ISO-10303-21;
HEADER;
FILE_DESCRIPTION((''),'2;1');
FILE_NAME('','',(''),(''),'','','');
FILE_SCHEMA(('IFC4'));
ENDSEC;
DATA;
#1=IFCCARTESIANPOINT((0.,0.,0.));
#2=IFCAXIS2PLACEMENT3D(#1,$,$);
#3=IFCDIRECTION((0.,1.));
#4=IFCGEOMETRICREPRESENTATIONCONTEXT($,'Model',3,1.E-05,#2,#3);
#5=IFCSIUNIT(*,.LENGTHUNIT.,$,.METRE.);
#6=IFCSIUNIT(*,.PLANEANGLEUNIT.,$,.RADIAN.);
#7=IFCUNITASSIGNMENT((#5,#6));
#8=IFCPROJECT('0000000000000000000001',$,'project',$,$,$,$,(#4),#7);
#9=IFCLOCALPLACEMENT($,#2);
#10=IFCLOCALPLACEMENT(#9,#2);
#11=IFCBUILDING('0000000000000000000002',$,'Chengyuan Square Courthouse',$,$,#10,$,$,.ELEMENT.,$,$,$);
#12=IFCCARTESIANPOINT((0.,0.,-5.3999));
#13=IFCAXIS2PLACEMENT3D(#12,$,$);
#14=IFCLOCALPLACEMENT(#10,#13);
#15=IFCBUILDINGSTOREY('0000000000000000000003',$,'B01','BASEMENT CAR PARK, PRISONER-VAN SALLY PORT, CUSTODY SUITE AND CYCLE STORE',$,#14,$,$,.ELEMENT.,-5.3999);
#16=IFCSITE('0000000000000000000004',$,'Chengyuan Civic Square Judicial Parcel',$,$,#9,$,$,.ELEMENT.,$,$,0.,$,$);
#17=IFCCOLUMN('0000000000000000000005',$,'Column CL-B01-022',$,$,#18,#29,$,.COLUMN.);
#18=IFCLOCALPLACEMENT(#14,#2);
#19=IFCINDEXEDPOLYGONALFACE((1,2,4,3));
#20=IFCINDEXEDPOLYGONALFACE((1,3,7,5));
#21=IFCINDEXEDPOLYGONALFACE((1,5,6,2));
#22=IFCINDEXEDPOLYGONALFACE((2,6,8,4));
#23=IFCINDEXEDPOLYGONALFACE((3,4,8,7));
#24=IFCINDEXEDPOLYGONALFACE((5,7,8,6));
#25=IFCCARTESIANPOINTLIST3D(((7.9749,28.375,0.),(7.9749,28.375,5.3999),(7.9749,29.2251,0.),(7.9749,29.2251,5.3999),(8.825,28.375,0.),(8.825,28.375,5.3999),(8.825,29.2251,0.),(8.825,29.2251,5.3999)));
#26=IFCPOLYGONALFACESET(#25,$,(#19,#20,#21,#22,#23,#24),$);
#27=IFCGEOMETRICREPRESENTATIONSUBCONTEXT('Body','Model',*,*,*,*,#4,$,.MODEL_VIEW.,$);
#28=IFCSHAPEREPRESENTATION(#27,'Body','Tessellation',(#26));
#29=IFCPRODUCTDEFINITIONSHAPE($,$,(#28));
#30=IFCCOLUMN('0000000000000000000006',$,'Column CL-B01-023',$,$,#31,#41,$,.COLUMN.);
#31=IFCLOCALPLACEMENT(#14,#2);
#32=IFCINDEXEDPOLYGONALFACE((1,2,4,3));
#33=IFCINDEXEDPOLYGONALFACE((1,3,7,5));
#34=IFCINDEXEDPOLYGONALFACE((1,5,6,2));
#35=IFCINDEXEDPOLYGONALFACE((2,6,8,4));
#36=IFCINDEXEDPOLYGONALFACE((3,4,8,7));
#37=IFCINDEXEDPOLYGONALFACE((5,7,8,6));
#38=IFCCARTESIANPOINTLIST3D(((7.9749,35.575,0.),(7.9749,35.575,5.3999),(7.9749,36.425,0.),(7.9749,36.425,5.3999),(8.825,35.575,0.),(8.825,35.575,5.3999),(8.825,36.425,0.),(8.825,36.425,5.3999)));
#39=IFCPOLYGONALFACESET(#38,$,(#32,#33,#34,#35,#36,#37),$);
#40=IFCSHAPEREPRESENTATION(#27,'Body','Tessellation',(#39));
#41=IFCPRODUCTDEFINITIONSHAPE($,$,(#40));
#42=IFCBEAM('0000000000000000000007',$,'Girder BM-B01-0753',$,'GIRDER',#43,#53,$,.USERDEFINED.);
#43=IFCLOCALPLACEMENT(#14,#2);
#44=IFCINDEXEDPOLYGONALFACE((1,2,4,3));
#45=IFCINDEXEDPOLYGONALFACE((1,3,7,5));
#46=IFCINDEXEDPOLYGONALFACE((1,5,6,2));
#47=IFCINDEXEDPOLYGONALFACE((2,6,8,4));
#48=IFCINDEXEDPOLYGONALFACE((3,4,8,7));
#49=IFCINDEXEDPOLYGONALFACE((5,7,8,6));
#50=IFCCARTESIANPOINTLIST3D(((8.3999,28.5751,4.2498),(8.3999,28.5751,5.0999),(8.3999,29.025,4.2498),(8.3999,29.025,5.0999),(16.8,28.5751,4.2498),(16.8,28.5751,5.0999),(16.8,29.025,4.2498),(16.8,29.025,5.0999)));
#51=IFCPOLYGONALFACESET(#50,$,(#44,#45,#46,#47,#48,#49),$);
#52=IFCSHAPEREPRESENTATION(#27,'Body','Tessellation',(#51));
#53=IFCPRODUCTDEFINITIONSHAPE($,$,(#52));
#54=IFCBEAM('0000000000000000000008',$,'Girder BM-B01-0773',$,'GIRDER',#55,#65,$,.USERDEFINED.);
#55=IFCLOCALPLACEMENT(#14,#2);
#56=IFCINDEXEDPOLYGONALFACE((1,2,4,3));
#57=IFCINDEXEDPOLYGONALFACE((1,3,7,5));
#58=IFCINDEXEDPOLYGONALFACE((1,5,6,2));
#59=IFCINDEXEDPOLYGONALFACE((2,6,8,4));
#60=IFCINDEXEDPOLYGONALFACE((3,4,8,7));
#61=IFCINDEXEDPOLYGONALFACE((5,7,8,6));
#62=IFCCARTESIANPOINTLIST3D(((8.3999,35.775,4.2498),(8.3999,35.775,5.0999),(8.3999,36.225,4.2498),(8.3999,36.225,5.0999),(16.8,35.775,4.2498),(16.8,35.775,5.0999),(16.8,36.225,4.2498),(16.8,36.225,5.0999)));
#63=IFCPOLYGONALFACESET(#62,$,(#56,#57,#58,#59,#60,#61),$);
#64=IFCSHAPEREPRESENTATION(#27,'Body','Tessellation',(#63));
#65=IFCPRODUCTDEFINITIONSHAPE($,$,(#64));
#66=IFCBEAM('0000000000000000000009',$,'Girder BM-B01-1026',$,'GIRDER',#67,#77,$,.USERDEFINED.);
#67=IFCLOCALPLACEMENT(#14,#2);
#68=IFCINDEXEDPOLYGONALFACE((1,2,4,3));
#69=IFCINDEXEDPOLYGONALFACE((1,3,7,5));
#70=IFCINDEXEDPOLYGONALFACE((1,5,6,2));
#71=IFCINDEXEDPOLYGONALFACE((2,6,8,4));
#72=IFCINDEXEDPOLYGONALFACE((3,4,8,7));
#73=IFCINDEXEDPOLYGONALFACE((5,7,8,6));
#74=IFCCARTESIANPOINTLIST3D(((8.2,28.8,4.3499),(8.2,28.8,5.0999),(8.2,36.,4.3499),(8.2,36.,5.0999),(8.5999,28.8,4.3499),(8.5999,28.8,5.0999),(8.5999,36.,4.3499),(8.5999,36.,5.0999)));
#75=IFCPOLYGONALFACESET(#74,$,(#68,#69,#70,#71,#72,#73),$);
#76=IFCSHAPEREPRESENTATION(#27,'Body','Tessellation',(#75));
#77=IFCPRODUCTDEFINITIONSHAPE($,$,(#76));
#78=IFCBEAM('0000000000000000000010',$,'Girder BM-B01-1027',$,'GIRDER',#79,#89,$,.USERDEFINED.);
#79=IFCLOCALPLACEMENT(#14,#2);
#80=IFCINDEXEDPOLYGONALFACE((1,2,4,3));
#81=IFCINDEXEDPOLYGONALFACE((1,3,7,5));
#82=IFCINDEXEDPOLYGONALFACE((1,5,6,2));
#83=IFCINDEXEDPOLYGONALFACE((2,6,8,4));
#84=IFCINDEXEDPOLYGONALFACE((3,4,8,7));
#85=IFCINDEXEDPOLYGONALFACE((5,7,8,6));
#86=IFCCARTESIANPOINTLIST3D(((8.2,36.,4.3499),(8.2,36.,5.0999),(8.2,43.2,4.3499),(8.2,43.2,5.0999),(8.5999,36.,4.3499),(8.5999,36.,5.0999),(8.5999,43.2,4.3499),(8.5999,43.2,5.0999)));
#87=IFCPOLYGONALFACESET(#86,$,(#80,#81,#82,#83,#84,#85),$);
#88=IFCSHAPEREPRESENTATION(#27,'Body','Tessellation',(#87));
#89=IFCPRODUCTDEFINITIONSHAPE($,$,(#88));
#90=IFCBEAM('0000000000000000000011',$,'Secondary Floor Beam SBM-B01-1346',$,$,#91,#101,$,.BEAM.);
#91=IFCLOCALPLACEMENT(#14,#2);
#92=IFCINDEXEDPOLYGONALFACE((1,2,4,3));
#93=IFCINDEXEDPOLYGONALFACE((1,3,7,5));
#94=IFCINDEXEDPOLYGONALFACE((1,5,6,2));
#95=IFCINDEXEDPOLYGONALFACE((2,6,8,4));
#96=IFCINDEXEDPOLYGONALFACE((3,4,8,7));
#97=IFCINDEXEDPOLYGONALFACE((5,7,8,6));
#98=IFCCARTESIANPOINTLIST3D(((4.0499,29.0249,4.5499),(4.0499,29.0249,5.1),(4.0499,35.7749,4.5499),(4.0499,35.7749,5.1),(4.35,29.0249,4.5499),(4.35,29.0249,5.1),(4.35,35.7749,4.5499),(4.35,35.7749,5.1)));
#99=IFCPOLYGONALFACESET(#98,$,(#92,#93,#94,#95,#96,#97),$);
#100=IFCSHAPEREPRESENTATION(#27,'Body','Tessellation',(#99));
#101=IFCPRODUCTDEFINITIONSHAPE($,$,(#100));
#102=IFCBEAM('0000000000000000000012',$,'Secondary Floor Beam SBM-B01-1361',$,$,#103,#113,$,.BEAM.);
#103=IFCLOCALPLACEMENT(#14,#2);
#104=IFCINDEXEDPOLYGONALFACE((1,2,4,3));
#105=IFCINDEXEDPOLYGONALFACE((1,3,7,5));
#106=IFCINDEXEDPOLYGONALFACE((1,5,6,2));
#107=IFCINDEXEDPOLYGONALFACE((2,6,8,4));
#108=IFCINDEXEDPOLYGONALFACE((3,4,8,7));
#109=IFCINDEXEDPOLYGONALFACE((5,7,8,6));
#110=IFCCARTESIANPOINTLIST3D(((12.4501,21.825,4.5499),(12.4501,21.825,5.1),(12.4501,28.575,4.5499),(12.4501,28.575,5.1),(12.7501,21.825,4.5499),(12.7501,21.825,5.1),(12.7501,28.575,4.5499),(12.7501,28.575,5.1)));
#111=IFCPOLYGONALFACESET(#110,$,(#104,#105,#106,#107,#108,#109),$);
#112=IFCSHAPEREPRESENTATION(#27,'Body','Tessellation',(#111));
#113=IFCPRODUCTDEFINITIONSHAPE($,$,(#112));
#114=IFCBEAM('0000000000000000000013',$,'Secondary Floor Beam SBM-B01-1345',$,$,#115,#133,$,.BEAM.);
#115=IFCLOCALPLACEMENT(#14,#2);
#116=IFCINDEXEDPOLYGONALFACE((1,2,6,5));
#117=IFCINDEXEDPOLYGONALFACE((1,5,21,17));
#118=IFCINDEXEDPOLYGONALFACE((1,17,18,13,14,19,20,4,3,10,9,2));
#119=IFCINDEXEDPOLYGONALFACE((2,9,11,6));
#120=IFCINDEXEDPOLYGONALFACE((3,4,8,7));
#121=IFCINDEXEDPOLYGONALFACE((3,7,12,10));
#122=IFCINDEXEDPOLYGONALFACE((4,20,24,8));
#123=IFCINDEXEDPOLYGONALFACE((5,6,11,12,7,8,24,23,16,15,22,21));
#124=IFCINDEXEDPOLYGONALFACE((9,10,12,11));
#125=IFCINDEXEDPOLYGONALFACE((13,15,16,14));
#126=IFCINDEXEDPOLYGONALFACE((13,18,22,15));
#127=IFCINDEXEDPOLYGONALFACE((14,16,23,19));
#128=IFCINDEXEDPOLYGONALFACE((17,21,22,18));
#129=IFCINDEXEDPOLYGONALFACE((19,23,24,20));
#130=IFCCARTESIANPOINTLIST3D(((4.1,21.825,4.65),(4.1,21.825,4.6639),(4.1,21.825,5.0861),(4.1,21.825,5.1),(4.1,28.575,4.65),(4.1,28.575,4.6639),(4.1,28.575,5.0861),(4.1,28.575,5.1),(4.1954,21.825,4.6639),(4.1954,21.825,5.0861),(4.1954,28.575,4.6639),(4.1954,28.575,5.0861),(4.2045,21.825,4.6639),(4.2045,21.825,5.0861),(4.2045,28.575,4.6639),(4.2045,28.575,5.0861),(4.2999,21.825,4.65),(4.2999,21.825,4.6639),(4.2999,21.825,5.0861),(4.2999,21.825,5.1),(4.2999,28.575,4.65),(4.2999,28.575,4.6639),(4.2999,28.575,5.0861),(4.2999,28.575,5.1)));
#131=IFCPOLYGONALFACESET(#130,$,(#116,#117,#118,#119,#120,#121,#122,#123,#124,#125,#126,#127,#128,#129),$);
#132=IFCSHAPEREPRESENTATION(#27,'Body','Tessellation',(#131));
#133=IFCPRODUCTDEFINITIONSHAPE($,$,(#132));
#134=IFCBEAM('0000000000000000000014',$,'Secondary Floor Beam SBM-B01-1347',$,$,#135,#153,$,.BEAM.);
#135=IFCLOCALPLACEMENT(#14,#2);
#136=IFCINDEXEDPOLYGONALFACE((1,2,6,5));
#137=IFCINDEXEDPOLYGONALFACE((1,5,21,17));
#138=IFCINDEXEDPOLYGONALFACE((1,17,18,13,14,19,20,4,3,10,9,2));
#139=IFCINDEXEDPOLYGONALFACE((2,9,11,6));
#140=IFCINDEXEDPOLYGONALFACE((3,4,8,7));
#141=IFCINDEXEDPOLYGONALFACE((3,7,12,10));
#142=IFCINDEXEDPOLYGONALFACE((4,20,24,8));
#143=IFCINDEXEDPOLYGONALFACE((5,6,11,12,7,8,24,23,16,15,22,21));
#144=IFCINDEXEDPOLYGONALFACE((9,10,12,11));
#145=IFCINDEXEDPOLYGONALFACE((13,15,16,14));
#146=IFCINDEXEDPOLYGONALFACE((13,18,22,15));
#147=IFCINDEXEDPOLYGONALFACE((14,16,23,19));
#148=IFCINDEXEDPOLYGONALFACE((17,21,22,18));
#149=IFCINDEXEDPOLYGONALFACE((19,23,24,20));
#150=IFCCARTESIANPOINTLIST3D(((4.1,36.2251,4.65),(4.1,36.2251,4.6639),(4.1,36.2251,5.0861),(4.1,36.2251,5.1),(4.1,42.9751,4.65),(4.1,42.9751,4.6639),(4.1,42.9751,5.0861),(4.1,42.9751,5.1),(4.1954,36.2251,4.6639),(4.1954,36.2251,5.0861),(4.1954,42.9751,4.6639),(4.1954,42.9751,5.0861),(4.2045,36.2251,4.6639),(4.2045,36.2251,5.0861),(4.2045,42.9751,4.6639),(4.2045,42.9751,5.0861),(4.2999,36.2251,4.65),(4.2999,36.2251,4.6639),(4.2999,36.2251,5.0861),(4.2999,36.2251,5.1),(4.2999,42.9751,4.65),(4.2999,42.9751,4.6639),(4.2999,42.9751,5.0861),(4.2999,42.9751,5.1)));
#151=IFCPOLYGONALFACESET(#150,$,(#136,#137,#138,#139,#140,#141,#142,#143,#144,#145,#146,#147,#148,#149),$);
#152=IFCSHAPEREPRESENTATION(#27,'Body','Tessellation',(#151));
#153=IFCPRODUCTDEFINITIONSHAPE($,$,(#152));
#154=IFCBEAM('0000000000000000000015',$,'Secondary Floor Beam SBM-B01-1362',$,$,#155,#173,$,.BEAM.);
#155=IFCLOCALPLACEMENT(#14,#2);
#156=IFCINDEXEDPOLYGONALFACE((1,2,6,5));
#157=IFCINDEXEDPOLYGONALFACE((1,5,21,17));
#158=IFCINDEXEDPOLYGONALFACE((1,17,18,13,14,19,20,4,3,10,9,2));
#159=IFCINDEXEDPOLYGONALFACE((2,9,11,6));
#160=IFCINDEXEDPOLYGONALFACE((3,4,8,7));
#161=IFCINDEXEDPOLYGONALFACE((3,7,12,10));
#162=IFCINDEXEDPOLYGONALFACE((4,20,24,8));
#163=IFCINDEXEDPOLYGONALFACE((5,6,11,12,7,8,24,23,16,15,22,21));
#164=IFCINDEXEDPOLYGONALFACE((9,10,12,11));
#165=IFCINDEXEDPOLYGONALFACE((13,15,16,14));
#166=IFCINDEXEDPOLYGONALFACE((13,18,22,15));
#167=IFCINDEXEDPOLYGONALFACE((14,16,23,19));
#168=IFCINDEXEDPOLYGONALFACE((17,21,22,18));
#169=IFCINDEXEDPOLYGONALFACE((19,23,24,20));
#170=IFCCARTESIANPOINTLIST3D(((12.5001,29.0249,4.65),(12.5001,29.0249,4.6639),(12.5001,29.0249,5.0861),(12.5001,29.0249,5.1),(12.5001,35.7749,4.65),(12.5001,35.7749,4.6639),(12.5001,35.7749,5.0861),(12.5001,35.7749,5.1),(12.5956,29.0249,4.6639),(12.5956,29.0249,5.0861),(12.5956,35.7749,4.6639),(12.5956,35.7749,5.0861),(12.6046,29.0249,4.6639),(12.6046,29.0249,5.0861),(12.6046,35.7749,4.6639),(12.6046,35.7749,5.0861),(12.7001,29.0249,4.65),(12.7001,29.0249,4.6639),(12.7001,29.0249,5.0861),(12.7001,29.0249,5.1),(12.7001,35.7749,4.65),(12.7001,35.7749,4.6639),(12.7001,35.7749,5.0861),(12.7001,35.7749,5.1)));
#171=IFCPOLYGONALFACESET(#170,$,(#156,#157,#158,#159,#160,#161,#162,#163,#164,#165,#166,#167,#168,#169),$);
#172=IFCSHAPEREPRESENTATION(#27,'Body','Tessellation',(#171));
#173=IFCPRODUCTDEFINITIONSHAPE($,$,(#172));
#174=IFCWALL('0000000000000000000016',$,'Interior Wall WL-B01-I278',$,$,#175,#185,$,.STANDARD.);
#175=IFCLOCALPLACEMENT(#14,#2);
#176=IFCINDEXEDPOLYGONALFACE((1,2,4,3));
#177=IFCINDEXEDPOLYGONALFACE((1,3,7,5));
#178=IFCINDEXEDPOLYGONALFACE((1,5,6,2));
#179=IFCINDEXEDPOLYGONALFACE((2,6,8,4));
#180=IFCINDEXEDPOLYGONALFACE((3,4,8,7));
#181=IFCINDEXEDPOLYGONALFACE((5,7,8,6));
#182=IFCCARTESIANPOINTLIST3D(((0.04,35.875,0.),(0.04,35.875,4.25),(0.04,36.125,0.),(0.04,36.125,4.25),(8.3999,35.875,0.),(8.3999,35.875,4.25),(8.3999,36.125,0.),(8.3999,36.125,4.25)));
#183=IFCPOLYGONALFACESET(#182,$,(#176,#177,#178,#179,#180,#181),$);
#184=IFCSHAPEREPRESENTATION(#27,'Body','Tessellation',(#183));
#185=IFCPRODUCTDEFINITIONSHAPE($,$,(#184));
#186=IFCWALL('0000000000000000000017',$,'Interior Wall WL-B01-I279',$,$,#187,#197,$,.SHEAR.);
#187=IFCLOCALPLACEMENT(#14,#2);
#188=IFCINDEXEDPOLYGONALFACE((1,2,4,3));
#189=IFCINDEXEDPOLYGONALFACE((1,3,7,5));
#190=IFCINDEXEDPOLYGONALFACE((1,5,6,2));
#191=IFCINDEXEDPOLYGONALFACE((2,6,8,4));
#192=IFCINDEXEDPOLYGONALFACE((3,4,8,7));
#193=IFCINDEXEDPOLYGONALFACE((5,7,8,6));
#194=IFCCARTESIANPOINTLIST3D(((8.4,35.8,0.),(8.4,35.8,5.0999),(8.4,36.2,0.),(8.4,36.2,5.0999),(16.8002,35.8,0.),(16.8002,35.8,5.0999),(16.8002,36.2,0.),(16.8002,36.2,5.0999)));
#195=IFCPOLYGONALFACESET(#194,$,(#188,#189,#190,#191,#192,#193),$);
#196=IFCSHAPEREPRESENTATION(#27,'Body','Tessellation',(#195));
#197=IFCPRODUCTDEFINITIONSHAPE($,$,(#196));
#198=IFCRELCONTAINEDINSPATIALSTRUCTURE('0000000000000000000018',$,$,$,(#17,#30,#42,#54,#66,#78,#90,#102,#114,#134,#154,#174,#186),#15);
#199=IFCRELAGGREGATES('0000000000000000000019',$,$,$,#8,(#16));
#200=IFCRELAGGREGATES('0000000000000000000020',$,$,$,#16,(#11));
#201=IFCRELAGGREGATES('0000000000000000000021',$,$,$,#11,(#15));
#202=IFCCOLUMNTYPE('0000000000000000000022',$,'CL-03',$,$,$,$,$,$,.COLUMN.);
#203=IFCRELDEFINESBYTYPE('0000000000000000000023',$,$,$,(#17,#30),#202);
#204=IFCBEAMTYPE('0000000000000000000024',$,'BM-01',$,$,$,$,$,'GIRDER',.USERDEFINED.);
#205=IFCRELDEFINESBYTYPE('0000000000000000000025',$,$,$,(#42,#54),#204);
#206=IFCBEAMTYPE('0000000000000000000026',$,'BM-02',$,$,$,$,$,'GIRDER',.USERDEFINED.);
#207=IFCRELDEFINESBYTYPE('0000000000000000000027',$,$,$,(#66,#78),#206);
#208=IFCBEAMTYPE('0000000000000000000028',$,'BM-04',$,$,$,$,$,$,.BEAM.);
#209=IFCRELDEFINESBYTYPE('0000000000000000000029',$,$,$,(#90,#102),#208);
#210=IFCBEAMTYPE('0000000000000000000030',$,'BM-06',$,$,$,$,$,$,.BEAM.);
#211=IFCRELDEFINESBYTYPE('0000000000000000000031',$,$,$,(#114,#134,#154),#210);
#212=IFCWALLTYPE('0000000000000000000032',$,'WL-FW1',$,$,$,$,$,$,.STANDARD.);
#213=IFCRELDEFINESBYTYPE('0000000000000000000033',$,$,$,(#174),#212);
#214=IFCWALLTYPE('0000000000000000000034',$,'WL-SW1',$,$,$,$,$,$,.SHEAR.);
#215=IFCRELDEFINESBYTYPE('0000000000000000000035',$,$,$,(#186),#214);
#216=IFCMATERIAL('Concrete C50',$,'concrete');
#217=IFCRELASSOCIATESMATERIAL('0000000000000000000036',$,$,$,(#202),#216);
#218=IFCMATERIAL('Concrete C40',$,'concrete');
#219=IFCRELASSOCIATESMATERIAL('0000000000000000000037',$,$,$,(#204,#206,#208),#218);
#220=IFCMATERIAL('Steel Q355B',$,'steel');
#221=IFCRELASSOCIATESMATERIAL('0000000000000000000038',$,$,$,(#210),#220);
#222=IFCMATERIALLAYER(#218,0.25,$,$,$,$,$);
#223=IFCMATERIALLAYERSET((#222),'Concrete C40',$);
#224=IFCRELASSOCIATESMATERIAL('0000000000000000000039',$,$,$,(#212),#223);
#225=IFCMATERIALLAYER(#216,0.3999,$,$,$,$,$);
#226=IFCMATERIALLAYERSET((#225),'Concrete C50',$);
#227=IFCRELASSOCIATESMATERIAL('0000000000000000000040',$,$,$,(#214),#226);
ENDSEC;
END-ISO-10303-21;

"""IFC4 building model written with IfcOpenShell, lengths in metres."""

from ifc_helpers import new_model, si_unit, direction, frame, frame_2d, origin, origin_2d, place, context, subcontext, project, spatial, rectangle, i_section, extrude, material, layer, layer_set, material_profile, profile_set, type_object, element, save


model = new_model("IFC4")

# Units and contexts
model_context = context("Model", 3, precision=1e-05, world=origin(), true_north=direction((0.0, 1.0)))
body_context = subcontext(model_context, "Body", "Model", "MODEL_VIEW")
ifc_project = project(units=[si_unit("LENGTHUNIT", "METRE"), si_unit("PLANEANGLEUNIT", "RADIAN")], contexts=[model_context])

# Site, building, storey
site_placement = place(None, origin())
site = spatial("IfcSite", under=ifc_project, at=site_placement, Name="Chengyuan Civic Square Judicial Parcel", CompositionType="ELEMENT", RefElevation=0.0)
building_placement = place(site_placement, origin())
building = spatial("IfcBuilding", under=site, at=building_placement, Name="Chengyuan Square Courthouse", CompositionType="ELEMENT")
storey_placement = place(building_placement, frame((0.0, 0.0, -5.3999)))
storey = spatial("IfcBuildingStorey", under=building, at=storey_placement, Name="B01", Description="BASEMENT CAR PARK, PRISONER-VAN SALLY PORT, CUSTODY SUITE AND CYCLE STORE", CompositionType="ELEMENT", Elevation=-5.3999)

# Columns
ifc_material_1 = material(Name="Concrete C50", Category="concrete")
ifc_material_profile_1 = material_profile(ifc_material_1, rectangle(XDim=0.8501, YDim=0.8501, at=origin_2d()), Name="RC-COL-850x850")
ifc_profile_set_1 = profile_set([ifc_material_profile_1], Name="Concrete C50")
column_type = type_object("IfcColumnType", Name="CL-03", PredefinedType="COLUMN", material=ifc_profile_set_1)
for number, where, z_axis, x_axis, name in (
    (1, (8.3999, 28.8, 0.0), (0.0, 0.0, 1.0), (1.0, 0.0, 0.0), "Column CL-B01-022"),
    (2, (8.3999, 36.0, 0.0), (0.0, 0.0, 1.0), (1.0, 0.0, 0.0), "Column CL-B01-023"),
):
    element("IfcColumn", number, at=place(storey_placement, frame(where, z_axis=z_axis, x_axis=x_axis)), inside=storey, type_object=column_type, Name=name, PredefinedType="COLUMN", context=body_context, shape_type="SweptSolid", body=[
        extrude(rectangle(XDim=0.8501, YDim=0.8501, at=origin_2d()), origin(), (0.0, 0.0, 1.0), 5.3999),
    ])

# Beams
ifc_material_2 = material(Name="Concrete C40", Category="concrete")
ifc_material_profile_2 = material_profile(ifc_material_2, rectangle(XDim=0.45, YDim=0.8501, at=origin_2d()), Name="RC-BM-450x850")
ifc_profile_set_2 = profile_set([ifc_material_profile_2], Name="Concrete C40")
beam_type_1 = type_object("IfcBeamType", Name="BM-01", ElementType="GIRDER", PredefinedType="USERDEFINED", material=ifc_profile_set_2)
for number, where, z_axis, x_axis, name in (
    (3, (8.3999, 28.8, 4.6748), (1.0, 0.0, 0.0), (0.0, 1.0, 0.0), "Girder BM-B01-0753"),
    (4, (8.3999, 36.0, 4.6748), (1.0, 0.0, 0.0), (0.0, 1.0, 0.0), "Girder BM-B01-0773"),
):
    element("IfcBeam", number, at=place(storey_placement, frame(where, z_axis=z_axis, x_axis=x_axis)), inside=storey, type_object=beam_type_1, Name=name, ObjectType="GIRDER", PredefinedType="USERDEFINED", context=body_context, shape_type="SweptSolid", body=[
        extrude(rectangle(XDim=0.45, YDim=0.8501, at=origin_2d()), origin(), (0.0, 0.0, 1.0), 8.4001),
    ])
ifc_material_profile_3 = material_profile(ifc_material_2, rectangle(XDim=0.3999, YDim=0.75, at=origin_2d()), Name="RC-BM-400x750")
ifc_profile_set_3 = profile_set([ifc_material_profile_3], Name="Concrete C40")
beam_type_2 = type_object("IfcBeamType", Name="BM-02", ElementType="GIRDER", PredefinedType="USERDEFINED", material=ifc_profile_set_3)
for number, where, z_axis, x_axis, name in (
    (5, (8.3999, 28.8, 4.7249), (0.0, 1.0, 0.0), (-1.0, 0.0, 0.0), "Girder BM-B01-1026"),
    (6, (8.3999, 36.0, 4.7249), (0.0, 1.0, 0.0), (-1.0, 0.0, 0.0), "Girder BM-B01-1027"),
):
    element("IfcBeam", number, at=place(storey_placement, frame(where, z_axis=z_axis, x_axis=x_axis)), inside=storey, type_object=beam_type_2, Name=name, ObjectType="GIRDER", PredefinedType="USERDEFINED", context=body_context, shape_type="SweptSolid", body=[
        extrude(rectangle(XDim=0.3999, YDim=0.75, at=origin_2d()), origin(), (0.0, 0.0, 1.0), 7.2),
    ])
ifc_material_profile_4 = material_profile(ifc_material_2, rectangle(XDim=0.3, YDim=0.55, at=origin_2d()), Name="RC-BM-300x550")
ifc_profile_set_4 = profile_set([ifc_material_profile_4], Name="Concrete C40")
beam_type_3 = type_object("IfcBeamType", Name="BM-04", PredefinedType="BEAM", material=ifc_profile_set_4)
for number, where, z_axis, x_axis, name in (
    (7, (4.2, 29.0249, 4.825), (0.0, 1.0, 0.0), (-1.0, 0.0, 0.0), "Secondary Floor Beam SBM-B01-1346"),
    (8, (12.6001, 21.825, 4.825), (0.0, 1.0, 0.0), (-1.0, 0.0, 0.0), "Secondary Floor Beam SBM-B01-1361"),
):
    element("IfcBeam", number, at=place(storey_placement, frame(where, z_axis=z_axis, x_axis=x_axis)), inside=storey, type_object=beam_type_3, Name=name, PredefinedType="BEAM", context=body_context, shape_type="SweptSolid", body=[
        extrude(rectangle(XDim=0.3, YDim=0.55, at=origin_2d()), origin(), (0.0, 0.0, 1.0), 6.75),
    ])
ifc_material_3 = material(Name="Steel Q355B", Category="steel")
ifc_material_profile_5 = material_profile(ifc_material_3, i_section(OverallWidth=0.2, OverallDepth=0.45, WebThickness=0.009, FlangeThickness=0.0139, at=origin_2d()), Name="HN 450x200x9x14")
ifc_profile_set_5 = profile_set([ifc_material_profile_5], Name="Steel Q355B")
beam_type_4 = type_object("IfcBeamType", Name="BM-06", PredefinedType="BEAM", material=ifc_profile_set_5)
for number, where, z_axis, x_axis, name in (
    (9, (4.2, 21.825, 4.875), (0.0, 1.0, 0.0), (-1.0, 0.0, 0.0), "Secondary Floor Beam SBM-B01-1345"),
    (10, (4.2, 36.2251, 4.875), (0.0, 1.0, 0.0), (-1.0, 0.0, 0.0), "Secondary Floor Beam SBM-B01-1347"),
    (11, (12.6001, 29.0249, 4.875), (0.0, 1.0, 0.0), (-1.0, 0.0, 0.0), "Secondary Floor Beam SBM-B01-1362"),
):
    element("IfcBeam", number, at=place(storey_placement, frame(where, z_axis=z_axis, x_axis=x_axis)), inside=storey, type_object=beam_type_4, Name=name, PredefinedType="BEAM", context=body_context, shape_type="SweptSolid", body=[
        extrude(i_section(OverallWidth=0.2, OverallDepth=0.45, WebThickness=0.009, FlangeThickness=0.0139, at=origin_2d()), origin(), (0.0, 0.0, 1.0), 6.75),
    ])

# Walls
ifc_layer_1 = layer(ifc_material_2, 0.25)
ifc_layer_set_1 = layer_set([ifc_layer_1], Name="Concrete C40")
wall_type_1 = type_object("IfcWallType", Name="WL-FW1", PredefinedType="STANDARD", material=ifc_layer_set_1)
wall_1_placement = place(storey_placement, frame((0.04, 36.0, 0.0), z_axis=(0.0, 0.0, 1.0), x_axis=(1.0, 0.0, 0.0)))
element("IfcWall", 12, at=wall_1_placement, inside=storey, type_object=wall_type_1, Name="Interior Wall WL-B01-I278", PredefinedType="STANDARD", context=body_context, shape_type="SweptSolid", body=[
    extrude(rectangle(XDim=8.3599, YDim=0.25, at=frame_2d((4.1799, 0.0))), origin(), (0.0, 0.0, 1.0), 4.25),
])
ifc_layer_2 = layer(ifc_material_1, 0.3999)
ifc_layer_set_2 = layer_set([ifc_layer_2], Name="Concrete C50")
wall_type_2 = type_object("IfcWallType", Name="WL-SW1", PredefinedType="SHEAR", material=ifc_layer_set_2)
wall_2_placement = place(storey_placement, frame((8.3999, 36.0, 0.0), z_axis=(0.0, 0.0, 1.0), x_axis=(1.0, 0.0, 0.0)))
element("IfcWall", 13, at=wall_2_placement, inside=storey, type_object=wall_type_2, Name="Interior Wall WL-B01-I279", PredefinedType="SHEAR", context=body_context, shape_type="SweptSolid", body=[
    extrude(rectangle(XDim=8.4001, YDim=0.3999, at=frame_2d((4.2002, 0.0))), origin(), (0.0, 0.0, 1.0), 5.0999),
])

save(model, "model.ifc")
